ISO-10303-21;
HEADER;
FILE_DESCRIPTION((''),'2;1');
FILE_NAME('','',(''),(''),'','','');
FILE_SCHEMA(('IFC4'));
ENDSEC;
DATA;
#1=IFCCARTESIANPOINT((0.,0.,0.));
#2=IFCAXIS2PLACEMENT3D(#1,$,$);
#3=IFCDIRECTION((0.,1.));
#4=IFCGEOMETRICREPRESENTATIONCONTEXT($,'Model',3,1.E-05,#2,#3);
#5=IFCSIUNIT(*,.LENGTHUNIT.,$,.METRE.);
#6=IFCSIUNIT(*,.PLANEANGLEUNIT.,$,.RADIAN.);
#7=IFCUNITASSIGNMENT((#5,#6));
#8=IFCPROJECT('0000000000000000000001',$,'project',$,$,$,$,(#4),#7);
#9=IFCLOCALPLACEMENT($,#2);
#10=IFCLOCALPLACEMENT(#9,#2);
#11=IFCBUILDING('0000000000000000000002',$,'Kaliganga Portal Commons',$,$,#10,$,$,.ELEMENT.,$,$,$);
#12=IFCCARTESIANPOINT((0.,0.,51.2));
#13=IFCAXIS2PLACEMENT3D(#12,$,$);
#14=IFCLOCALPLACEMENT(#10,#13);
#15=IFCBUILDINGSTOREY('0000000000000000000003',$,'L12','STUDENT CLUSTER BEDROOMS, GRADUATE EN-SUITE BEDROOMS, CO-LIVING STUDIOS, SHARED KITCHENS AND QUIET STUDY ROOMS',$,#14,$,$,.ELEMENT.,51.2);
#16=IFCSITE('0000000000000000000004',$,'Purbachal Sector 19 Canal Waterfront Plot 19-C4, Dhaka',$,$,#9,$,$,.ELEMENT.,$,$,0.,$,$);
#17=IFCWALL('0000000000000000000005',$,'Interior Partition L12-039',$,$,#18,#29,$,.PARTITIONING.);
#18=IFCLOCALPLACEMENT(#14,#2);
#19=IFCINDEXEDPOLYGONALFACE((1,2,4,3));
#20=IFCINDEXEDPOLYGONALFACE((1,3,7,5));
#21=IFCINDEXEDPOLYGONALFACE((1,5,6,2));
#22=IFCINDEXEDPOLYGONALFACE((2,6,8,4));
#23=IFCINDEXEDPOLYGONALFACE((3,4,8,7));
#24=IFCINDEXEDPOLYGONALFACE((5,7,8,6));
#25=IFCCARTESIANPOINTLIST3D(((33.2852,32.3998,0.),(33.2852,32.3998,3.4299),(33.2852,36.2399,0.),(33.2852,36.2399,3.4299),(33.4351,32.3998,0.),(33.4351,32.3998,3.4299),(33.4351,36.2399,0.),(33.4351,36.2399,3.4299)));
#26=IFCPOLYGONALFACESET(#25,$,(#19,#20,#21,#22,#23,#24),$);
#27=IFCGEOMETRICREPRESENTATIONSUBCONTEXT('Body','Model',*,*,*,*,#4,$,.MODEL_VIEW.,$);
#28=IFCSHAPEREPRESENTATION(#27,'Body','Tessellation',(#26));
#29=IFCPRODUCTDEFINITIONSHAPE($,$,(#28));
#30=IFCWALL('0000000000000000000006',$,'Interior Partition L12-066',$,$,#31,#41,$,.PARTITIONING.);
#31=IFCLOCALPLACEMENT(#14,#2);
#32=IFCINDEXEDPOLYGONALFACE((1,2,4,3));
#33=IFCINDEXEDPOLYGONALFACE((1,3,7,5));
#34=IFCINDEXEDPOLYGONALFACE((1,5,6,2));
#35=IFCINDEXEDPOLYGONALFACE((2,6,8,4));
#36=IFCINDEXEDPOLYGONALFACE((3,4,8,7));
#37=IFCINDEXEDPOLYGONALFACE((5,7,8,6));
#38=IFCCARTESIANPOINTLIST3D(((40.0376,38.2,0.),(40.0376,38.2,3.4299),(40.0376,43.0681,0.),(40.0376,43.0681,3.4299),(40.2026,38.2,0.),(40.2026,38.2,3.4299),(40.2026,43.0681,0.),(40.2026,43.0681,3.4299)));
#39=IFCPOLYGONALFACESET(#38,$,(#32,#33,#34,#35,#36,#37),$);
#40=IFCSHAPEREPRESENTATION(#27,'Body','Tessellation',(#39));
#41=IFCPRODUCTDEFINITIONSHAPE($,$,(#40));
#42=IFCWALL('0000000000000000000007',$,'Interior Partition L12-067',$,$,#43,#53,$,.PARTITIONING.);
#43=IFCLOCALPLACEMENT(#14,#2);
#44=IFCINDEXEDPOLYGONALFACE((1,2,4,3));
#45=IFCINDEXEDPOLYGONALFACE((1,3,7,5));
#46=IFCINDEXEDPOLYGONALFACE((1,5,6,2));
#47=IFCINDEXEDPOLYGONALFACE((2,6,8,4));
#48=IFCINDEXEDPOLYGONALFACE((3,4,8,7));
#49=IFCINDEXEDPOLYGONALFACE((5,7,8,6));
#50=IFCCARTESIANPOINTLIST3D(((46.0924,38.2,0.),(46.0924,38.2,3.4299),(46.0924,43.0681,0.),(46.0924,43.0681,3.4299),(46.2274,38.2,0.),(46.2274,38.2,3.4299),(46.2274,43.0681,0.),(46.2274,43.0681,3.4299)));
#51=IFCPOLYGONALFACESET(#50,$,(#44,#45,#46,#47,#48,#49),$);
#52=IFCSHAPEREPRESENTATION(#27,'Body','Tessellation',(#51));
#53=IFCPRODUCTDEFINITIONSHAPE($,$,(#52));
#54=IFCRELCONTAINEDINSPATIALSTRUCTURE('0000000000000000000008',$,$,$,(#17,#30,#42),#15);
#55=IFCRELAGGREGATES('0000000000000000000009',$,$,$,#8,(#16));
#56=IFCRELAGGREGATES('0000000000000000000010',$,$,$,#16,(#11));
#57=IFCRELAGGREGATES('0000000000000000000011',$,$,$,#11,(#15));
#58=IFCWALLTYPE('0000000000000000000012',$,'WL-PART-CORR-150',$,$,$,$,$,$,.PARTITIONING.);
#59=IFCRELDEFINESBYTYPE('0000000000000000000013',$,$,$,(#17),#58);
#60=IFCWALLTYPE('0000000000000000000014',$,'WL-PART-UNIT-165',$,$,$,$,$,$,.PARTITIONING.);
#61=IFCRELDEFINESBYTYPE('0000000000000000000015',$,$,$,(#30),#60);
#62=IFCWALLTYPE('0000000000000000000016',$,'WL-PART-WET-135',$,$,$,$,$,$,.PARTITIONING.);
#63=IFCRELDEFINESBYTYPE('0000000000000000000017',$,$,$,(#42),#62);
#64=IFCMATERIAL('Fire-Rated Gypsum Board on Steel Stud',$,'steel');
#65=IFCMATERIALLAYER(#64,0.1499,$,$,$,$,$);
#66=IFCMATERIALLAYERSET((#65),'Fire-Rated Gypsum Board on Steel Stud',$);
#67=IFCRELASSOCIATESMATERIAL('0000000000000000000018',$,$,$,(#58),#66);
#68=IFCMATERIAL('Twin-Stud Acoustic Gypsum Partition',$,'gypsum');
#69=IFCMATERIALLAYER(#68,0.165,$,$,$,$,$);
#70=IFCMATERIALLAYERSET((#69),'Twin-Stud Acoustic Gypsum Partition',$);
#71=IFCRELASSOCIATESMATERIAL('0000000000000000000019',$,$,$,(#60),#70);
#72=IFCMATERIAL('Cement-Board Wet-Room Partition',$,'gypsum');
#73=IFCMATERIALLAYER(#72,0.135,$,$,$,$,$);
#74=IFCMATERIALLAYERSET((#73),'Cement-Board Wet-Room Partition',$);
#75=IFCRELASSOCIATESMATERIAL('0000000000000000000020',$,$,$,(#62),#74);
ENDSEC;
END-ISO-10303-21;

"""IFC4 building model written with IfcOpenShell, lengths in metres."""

from ifc_helpers import new_model, si_unit, direction, frame, frame_2d, origin, place, context, subcontext, project, spatial, rectangle, extrude, material, layer, layer_set, type_object, element, save


model = new_model("IFC4")

# Units and contexts
model_context = context("Model", 3, precision=1e-05, world=origin(), true_north=direction((0.0, 1.0)))
body_context = subcontext(model_context, "Body", "Model", "MODEL_VIEW")
ifc_project = project(units=[si_unit("LENGTHUNIT", "METRE"), si_unit("PLANEANGLEUNIT", "RADIAN")], contexts=[model_context])

# Site, building, storey
site_placement = place(None, origin())
site = spatial("IfcSite", under=ifc_project, at=site_placement, Name="Purbachal Sector 19 Canal Waterfront Plot 19-C4, Dhaka", CompositionType="ELEMENT", RefElevation=0.0)
building_placement = place(site_placement, origin())
building = spatial("IfcBuilding", under=site, at=building_placement, Name="Kaliganga Portal Commons", CompositionType="ELEMENT")
storey_placement = place(building_placement, frame((0.0, 0.0, 51.2)))
storey = spatial("IfcBuildingStorey", under=building, at=storey_placement, Name="L12", Description="STUDENT CLUSTER BEDROOMS, GRADUATE EN-SUITE BEDROOMS, CO-LIVING STUDIOS, SHARED KITCHENS AND QUIET STUDY ROOMS", CompositionType="ELEMENT", Elevation=51.2)

# Shared definitions
ifc_material_1 = material(Name="Fire-Rated Gypsum Board on Steel Stud", Category="steel")
ifc_layer_1 = layer(ifc_material_1, 0.1499)
ifc_layer_set_1 = layer_set([ifc_layer_1], Name="Fire-Rated Gypsum Board on Steel Stud")
wall_type_1 = type_object("IfcWallType", Name="WL-PART-CORR-150", PredefinedType="PARTITIONING", material=ifc_layer_set_1)

# Wall
wall_1_placement = place(storey_placement, frame((33.3601, 32.3999, 0.0), z_axis=(0.0, 0.0, 1.0), x_axis=(0.0, 1.0, 0.0)))
element("IfcWall", 1, at=wall_1_placement, inside=storey, type_object=wall_type_1, Name="Interior Partition L12-039", PredefinedType="PARTITIONING", context=body_context, shape_type="SweptSolid", body=[
    extrude(rectangle(XDim=3.8401, YDim=0.1499, at=frame_2d((1.9199, 0.0))), origin(), (0.0, 0.0, 1.0), 3.4299),
])

# Walls
ifc_material_2 = material(Name="Twin-Stud Acoustic Gypsum Partition", Category="gypsum")
ifc_layer_2 = layer(ifc_material_2, 0.165)
ifc_layer_set_2 = layer_set([ifc_layer_2], Name="Twin-Stud Acoustic Gypsum Partition")
wall_type_2 = type_object("IfcWallType", Name="WL-PART-UNIT-165", PredefinedType="PARTITIONING", material=ifc_layer_set_2)
wall_2_placement = place(storey_placement, frame((40.1201, 38.2, 0.0), z_axis=(0.0, 0.0, 1.0), x_axis=(0.0, 1.0, 0.0)))
element("IfcWall", 2, at=wall_2_placement, inside=storey, type_object=wall_type_2, Name="Interior Partition L12-066", PredefinedType="PARTITIONING", context=body_context, shape_type="SweptSolid", body=[
    extrude(rectangle(XDim=4.8682, YDim=0.165, at=frame_2d((2.4341, 0.0))), origin(), (0.0, 0.0, 1.0), 3.4299),
])
ifc_material_3 = material(Name="Cement-Board Wet-Room Partition", Category="gypsum")
ifc_layer_3 = layer(ifc_material_3, 0.135)
ifc_layer_set_3 = layer_set([ifc_layer_3], Name="Cement-Board Wet-Room Partition")
wall_type_3 = type_object("IfcWallType", Name="WL-PART-WET-135", PredefinedType="PARTITIONING", material=ifc_layer_set_3)
wall_3_placement = place(storey_placement, frame((46.1599, 38.2, 0.0), z_axis=(0.0, 0.0, 1.0), x_axis=(0.0, 1.0, 0.0)))
element("IfcWall", 3, at=wall_3_placement, inside=storey, type_object=wall_type_3, Name="Interior Partition L12-067", PredefinedType="PARTITIONING", context=body_context, shape_type="SweptSolid", body=[
    extrude(rectangle(XDim=4.8682, YDim=0.135, at=frame_2d((2.4341, 0.0))), origin(), (0.0, 0.0, 1.0), 3.4299),
])

save(model, "model.ifc")
